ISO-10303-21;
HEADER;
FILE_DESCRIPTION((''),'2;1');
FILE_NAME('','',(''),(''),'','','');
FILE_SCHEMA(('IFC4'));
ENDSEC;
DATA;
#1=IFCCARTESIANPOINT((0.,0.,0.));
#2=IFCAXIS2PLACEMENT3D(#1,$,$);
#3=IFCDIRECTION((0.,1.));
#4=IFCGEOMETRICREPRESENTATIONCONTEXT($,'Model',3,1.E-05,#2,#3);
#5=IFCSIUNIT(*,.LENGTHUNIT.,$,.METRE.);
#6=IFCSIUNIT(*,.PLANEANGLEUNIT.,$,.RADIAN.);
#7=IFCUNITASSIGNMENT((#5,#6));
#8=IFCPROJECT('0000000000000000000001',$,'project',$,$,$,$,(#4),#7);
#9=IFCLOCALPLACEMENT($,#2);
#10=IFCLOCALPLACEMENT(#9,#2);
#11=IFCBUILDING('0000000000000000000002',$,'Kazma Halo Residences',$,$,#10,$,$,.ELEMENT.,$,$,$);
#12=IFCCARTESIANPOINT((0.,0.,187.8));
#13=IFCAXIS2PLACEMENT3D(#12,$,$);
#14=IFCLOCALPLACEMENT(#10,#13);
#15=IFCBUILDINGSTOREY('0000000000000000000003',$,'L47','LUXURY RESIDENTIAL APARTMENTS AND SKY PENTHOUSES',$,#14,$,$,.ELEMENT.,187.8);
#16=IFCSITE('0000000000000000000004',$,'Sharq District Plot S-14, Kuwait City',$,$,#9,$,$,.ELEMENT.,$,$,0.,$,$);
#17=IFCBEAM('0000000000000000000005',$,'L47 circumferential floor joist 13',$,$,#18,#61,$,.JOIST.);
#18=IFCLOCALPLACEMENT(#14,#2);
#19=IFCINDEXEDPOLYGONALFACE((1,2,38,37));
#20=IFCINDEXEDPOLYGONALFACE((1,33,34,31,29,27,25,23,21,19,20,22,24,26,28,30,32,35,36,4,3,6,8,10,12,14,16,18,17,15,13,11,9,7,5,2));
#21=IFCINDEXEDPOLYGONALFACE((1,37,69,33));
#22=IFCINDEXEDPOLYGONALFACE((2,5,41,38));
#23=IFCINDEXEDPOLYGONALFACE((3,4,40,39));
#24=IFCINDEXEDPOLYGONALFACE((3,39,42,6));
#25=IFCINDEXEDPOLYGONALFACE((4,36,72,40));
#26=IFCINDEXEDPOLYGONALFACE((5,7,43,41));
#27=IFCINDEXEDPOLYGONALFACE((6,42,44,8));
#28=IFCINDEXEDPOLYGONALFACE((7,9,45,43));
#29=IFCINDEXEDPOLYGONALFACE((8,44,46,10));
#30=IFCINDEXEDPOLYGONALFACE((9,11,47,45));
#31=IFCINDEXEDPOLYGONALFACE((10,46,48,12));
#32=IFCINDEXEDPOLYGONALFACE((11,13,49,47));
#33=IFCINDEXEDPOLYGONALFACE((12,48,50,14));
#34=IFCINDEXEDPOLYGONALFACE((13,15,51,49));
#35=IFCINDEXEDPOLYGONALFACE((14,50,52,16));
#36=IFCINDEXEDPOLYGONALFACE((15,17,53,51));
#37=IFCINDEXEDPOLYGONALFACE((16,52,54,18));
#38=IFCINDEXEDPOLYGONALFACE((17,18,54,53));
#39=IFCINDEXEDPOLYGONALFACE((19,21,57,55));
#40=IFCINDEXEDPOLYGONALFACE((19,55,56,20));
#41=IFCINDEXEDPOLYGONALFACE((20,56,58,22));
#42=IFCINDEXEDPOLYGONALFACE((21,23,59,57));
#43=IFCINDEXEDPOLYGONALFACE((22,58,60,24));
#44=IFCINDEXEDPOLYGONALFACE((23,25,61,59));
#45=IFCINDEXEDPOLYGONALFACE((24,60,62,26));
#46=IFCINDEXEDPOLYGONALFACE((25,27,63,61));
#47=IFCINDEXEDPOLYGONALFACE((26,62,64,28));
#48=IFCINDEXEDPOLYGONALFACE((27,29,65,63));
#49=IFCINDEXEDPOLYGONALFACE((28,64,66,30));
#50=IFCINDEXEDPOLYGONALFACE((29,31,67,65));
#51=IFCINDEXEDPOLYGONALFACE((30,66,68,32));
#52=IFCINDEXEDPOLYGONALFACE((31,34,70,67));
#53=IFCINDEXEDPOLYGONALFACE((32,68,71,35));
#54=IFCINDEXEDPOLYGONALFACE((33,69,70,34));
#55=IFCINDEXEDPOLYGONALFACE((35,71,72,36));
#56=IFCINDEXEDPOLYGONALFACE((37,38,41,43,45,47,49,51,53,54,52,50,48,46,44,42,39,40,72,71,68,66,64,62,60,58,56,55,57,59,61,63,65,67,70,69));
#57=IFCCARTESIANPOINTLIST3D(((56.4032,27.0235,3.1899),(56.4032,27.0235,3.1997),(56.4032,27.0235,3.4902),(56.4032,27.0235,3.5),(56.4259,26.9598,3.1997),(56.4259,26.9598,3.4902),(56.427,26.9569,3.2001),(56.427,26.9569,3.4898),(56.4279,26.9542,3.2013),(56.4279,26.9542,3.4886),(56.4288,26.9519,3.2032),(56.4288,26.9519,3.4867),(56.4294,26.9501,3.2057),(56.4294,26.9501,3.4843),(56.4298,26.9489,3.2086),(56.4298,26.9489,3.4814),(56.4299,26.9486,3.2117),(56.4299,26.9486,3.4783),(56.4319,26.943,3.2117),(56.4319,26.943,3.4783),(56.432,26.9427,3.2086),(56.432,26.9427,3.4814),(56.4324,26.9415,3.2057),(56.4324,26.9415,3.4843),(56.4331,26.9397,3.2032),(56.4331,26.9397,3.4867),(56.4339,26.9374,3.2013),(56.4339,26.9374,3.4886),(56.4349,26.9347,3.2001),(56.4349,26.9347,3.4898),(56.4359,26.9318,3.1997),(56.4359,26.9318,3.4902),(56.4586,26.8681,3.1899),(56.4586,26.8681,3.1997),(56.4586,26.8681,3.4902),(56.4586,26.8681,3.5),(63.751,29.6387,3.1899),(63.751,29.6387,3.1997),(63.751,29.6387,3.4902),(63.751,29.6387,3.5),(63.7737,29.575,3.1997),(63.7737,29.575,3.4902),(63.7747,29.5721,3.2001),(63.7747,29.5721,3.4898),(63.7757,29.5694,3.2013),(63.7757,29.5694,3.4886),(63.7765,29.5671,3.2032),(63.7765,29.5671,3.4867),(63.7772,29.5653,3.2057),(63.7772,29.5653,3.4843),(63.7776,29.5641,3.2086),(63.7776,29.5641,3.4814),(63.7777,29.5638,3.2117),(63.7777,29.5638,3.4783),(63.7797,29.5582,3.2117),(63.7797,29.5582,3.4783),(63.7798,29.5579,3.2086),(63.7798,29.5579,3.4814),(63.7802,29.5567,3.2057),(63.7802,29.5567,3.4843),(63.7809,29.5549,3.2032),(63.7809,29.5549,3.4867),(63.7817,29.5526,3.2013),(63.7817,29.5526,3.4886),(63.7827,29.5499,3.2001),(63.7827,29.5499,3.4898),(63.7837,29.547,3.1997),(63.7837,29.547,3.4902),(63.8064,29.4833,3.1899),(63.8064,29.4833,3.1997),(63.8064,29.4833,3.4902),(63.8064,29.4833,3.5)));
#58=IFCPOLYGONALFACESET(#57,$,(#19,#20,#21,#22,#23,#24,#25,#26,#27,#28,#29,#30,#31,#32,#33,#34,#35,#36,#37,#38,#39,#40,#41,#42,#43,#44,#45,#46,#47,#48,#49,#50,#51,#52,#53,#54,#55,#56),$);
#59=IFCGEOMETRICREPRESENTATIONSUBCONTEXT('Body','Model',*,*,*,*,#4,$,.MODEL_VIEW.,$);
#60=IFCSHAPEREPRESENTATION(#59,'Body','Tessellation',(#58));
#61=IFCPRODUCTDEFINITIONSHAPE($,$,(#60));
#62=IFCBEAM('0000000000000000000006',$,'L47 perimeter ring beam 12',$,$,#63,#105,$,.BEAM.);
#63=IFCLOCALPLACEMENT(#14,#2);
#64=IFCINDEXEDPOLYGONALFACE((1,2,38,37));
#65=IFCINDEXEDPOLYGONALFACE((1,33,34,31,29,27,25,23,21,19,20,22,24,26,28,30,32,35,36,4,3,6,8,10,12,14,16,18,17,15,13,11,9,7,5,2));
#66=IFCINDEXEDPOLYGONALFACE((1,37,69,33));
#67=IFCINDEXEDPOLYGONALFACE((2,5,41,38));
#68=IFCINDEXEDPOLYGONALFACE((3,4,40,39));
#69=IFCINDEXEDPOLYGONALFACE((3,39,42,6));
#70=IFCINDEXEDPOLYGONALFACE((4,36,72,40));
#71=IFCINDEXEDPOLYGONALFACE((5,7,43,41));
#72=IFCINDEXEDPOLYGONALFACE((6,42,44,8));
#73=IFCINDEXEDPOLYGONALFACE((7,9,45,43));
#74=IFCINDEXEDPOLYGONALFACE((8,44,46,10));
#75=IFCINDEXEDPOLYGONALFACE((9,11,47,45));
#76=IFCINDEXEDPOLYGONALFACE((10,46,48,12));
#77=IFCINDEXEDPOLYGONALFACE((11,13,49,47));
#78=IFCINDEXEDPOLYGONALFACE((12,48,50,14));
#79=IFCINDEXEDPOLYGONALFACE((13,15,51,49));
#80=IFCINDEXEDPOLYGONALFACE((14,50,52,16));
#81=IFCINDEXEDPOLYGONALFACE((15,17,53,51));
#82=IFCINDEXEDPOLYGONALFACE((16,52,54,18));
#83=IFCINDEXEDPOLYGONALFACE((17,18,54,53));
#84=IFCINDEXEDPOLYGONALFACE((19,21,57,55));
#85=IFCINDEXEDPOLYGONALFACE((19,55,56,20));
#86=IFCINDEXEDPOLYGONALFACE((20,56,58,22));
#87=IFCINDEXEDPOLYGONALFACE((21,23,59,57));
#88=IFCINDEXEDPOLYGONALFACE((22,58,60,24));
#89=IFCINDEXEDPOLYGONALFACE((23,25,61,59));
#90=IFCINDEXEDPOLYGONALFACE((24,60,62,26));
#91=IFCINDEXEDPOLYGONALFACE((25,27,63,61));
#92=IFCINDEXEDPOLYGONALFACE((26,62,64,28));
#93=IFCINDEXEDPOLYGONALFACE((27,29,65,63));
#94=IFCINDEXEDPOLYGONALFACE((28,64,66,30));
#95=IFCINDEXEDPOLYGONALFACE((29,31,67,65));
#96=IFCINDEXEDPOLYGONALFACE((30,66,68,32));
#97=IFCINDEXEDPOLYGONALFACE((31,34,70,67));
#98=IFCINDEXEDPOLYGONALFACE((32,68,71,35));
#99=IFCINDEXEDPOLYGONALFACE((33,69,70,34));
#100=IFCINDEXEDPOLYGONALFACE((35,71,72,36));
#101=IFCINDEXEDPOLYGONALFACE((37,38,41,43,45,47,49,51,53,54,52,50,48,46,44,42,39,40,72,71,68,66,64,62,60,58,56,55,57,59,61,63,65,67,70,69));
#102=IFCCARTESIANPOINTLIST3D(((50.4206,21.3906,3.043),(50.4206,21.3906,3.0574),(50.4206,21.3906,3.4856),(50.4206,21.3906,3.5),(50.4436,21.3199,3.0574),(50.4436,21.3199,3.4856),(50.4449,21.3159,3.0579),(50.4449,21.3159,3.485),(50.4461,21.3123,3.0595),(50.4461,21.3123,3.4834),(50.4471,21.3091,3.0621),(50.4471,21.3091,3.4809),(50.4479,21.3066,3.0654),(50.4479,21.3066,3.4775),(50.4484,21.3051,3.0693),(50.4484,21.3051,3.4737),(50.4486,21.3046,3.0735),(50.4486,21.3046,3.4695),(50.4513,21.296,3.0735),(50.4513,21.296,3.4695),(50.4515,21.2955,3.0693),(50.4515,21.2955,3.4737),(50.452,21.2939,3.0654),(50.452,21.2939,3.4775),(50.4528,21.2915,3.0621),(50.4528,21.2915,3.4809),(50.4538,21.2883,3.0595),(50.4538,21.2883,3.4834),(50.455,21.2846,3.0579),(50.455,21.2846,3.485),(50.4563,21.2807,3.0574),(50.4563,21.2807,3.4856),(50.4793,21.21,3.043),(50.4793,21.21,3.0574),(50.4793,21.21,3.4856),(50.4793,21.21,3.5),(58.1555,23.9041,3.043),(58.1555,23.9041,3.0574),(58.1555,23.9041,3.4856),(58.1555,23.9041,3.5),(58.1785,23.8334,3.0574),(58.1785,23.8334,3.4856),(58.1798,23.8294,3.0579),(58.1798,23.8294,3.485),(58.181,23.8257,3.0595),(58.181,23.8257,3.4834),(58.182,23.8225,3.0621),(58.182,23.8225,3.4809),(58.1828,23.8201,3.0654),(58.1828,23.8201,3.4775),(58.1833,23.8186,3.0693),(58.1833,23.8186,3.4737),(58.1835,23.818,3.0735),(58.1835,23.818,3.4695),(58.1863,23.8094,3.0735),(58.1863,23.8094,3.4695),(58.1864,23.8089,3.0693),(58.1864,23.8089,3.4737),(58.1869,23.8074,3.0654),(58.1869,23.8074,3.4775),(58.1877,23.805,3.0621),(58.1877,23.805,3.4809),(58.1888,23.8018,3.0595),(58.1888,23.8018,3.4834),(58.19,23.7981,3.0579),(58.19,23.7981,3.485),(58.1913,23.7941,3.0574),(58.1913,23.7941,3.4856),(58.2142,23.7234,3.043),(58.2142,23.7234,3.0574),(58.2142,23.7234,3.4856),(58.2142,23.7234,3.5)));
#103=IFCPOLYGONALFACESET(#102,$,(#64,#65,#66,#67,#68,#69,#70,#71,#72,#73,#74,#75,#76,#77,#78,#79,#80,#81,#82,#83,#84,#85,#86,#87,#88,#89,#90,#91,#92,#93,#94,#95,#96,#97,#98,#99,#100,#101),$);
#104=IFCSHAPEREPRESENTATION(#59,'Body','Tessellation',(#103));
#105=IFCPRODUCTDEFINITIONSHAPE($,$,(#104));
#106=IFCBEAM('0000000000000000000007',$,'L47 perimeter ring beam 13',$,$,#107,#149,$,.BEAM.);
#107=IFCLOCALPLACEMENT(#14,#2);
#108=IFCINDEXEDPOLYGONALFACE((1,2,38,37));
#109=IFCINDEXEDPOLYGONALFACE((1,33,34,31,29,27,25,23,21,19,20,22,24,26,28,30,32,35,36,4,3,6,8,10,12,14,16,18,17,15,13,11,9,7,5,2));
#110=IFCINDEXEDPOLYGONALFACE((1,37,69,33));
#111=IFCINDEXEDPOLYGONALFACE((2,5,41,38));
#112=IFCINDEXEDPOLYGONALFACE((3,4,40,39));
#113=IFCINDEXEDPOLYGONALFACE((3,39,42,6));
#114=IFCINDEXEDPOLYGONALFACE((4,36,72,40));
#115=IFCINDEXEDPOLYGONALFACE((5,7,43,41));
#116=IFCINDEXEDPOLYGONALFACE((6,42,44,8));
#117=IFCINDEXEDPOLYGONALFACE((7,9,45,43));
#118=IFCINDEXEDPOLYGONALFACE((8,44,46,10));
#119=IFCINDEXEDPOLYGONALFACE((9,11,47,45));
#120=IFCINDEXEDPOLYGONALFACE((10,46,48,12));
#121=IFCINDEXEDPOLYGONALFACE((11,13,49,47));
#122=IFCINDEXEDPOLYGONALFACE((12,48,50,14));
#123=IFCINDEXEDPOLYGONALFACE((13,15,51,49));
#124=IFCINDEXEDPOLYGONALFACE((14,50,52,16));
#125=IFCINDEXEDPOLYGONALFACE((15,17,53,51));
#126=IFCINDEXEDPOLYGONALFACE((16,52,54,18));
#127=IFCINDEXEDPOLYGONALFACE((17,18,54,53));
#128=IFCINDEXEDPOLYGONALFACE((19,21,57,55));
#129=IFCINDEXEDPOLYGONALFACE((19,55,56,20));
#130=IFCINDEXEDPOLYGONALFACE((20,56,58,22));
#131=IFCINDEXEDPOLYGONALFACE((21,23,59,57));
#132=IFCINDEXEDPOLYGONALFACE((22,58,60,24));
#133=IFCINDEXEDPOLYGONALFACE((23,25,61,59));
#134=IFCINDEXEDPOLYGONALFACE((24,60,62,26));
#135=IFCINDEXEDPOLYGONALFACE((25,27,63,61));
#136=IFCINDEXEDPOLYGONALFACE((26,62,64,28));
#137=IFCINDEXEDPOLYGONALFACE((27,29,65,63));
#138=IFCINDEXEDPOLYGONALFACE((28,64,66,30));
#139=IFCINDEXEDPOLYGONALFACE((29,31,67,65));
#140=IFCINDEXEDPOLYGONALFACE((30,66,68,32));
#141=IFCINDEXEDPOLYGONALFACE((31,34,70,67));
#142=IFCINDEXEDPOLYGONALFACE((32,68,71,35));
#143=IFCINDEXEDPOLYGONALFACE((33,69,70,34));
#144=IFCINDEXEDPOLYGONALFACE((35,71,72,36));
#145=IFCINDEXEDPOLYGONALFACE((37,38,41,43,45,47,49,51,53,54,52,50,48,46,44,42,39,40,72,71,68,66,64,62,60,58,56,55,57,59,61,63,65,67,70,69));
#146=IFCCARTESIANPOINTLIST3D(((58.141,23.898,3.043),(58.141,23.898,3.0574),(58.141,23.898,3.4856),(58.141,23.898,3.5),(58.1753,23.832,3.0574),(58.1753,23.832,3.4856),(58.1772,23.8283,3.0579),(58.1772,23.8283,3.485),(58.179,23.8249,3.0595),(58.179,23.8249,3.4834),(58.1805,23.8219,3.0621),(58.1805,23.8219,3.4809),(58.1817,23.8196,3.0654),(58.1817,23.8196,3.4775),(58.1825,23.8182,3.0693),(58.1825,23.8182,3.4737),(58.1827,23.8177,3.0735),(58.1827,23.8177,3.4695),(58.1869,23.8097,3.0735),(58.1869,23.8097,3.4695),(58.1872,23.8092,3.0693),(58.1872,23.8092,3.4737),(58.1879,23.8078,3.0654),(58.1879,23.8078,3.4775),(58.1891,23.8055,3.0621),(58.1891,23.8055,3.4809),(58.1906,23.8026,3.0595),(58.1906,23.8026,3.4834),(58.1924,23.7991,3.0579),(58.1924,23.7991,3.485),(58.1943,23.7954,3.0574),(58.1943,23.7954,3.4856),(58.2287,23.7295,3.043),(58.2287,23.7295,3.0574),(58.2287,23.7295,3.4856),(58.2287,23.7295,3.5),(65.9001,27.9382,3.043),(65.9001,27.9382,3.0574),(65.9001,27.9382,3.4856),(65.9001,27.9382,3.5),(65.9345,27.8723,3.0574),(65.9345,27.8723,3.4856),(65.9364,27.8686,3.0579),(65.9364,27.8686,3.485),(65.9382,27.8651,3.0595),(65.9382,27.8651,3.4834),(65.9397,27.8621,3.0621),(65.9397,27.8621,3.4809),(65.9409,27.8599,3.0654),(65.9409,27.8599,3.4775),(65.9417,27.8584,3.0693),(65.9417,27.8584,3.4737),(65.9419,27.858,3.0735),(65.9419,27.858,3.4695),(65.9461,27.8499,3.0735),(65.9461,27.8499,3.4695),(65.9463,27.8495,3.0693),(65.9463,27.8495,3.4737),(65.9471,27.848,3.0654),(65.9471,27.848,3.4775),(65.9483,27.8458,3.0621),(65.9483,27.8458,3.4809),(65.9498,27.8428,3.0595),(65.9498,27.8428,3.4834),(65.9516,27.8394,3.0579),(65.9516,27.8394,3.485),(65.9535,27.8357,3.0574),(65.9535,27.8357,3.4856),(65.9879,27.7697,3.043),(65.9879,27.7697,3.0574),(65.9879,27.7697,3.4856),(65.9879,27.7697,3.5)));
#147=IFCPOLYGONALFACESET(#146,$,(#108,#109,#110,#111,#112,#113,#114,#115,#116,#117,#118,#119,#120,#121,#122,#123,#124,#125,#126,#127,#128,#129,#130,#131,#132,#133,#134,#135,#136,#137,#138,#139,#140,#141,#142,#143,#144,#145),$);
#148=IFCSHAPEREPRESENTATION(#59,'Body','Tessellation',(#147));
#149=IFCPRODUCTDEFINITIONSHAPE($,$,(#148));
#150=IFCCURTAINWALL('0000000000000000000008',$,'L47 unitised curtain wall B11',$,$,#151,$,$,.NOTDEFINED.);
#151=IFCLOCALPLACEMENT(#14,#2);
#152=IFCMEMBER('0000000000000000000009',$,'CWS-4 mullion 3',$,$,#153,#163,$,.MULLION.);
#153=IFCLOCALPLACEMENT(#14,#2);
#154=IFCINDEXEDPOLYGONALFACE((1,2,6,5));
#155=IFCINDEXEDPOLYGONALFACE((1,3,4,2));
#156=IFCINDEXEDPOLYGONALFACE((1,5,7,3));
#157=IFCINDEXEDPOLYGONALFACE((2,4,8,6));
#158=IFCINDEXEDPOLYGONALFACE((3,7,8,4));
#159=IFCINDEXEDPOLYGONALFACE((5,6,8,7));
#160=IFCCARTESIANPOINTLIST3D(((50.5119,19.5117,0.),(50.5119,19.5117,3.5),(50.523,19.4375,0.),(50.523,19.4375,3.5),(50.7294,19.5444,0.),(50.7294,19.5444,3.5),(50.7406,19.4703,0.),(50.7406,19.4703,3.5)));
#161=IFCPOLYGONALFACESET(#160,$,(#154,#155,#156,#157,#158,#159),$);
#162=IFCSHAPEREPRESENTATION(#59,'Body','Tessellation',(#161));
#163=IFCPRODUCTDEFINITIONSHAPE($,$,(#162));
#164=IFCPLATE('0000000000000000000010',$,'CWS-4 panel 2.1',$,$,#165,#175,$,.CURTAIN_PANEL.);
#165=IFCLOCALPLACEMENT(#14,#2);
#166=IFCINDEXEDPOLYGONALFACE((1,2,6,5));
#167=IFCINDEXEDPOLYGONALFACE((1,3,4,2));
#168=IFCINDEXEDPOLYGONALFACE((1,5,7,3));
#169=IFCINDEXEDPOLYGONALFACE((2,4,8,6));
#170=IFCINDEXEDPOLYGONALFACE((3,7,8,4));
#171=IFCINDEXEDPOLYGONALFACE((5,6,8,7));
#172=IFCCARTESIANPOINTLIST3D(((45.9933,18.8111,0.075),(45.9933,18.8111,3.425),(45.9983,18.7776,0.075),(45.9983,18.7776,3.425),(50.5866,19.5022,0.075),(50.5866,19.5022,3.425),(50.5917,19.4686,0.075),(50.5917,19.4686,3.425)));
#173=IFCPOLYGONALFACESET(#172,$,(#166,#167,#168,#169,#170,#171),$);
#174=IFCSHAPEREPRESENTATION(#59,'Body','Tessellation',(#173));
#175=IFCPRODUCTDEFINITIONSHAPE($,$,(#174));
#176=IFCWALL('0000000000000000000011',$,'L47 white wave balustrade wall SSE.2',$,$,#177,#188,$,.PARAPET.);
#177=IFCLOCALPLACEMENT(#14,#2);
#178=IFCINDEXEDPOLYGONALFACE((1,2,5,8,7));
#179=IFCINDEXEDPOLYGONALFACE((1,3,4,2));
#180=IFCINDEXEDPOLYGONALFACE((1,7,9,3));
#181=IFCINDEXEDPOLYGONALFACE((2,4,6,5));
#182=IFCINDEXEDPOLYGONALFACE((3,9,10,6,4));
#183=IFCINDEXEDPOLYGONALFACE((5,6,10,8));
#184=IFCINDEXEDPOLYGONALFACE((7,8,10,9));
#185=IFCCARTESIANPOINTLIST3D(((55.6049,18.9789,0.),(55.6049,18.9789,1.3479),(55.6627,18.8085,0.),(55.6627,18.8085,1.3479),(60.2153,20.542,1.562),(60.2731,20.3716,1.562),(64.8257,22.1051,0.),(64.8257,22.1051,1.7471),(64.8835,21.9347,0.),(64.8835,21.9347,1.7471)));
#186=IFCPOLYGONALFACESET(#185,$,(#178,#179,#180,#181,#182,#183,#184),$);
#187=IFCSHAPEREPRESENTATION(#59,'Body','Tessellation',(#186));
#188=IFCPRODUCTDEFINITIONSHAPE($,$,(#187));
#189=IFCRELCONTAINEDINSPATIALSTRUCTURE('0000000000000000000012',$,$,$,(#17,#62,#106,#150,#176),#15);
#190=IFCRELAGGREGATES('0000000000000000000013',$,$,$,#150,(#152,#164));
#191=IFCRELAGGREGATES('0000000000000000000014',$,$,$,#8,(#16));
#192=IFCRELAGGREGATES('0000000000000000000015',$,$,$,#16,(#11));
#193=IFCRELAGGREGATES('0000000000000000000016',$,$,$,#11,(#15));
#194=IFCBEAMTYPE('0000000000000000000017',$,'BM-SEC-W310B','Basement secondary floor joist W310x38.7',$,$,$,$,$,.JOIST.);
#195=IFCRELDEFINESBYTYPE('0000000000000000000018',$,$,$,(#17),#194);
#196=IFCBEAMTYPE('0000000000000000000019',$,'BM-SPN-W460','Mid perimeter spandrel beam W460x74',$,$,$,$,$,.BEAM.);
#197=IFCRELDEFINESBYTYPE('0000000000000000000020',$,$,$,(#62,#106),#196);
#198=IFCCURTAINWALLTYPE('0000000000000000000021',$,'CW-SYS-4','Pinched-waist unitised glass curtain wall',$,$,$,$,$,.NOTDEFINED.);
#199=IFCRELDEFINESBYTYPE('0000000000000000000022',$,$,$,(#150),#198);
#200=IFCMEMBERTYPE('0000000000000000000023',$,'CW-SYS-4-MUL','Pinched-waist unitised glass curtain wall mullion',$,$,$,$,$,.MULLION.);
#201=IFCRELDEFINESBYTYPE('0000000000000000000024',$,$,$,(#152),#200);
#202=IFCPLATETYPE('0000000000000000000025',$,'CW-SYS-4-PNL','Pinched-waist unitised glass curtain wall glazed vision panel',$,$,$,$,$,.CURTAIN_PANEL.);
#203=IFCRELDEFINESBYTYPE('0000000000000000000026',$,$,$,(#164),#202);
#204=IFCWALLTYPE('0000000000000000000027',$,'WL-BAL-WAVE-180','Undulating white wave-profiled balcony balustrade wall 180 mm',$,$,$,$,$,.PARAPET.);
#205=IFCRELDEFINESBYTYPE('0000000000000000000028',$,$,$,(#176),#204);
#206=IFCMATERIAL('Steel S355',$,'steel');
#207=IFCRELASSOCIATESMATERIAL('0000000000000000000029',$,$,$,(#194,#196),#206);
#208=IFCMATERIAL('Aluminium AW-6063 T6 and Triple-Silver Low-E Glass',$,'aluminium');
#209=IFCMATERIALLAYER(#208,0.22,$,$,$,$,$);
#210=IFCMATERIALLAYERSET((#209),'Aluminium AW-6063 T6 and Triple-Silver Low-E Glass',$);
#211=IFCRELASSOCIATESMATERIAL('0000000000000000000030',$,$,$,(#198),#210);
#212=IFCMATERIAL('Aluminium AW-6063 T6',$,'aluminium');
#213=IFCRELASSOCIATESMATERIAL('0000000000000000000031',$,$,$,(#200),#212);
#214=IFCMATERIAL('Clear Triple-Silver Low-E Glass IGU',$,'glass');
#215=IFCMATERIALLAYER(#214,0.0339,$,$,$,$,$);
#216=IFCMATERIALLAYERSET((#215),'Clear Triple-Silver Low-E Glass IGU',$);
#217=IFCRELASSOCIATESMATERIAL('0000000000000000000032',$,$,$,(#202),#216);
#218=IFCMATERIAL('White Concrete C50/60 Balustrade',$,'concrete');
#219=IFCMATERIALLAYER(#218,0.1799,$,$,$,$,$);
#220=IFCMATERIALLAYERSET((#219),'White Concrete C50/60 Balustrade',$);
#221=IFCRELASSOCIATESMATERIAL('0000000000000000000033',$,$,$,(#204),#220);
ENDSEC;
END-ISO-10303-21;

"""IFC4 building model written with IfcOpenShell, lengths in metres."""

from ifc_helpers import new_model, si_unit, direction, frame, origin, origin_2d, place, context, subcontext, project, spatial, polyline, rectangle, i_section, outline, extrude, material, layer, layer_set, material_profile, profile_set, type_object, element, aggregate, save


model = new_model("IFC4")

# Units and contexts
model_context = context("Model", 3, precision=1e-05, world=origin(), true_north=direction((0.0, 1.0)))
body_context = subcontext(model_context, "Body", "Model", "MODEL_VIEW")
ifc_project = project(units=[si_unit("LENGTHUNIT", "METRE"), si_unit("PLANEANGLEUNIT", "RADIAN")], contexts=[model_context])

# Site, building, storey
site_placement = place(None, origin())
site = spatial("IfcSite", under=ifc_project, at=site_placement, Name="Sharq District Plot S-14, Kuwait City", CompositionType="ELEMENT", RefElevation=0.0)
building_placement = place(site_placement, origin())
building = spatial("IfcBuilding", under=site, at=building_placement, Name="Kazma Halo Residences", CompositionType="ELEMENT")
storey_placement = place(building_placement, frame((0.0, 0.0, 187.8)))
storey = spatial("IfcBuildingStorey", under=building, at=storey_placement, Name="L47", Description="LUXURY RESIDENTIAL APARTMENTS AND SKY PENTHOUSES", CompositionType="ELEMENT", Elevation=187.8)

# Beams
ifc_material_1 = material(Name="Steel S355", Category="steel")
ifc_material_profile_1 = material_profile(ifc_material_1, i_section(OverallWidth=0.165, OverallDepth=0.3101, WebThickness=0.0059, FlangeThickness=0.0098, FilletRadius=0.012, at=origin_2d()), Name="W310x38.7")
ifc_profile_set_1 = profile_set([ifc_material_profile_1], Name="Steel S355")
beam_type_1 = type_object("IfcBeamType", Name="BM-SEC-W310B", Description="Basement secondary floor joist W310x38.7", PredefinedType="JOIST", material=ifc_profile_set_1)
beam_1_placement = place(storey_placement, frame((56.4309, 26.9458, 3.345), z_axis=(0.942107, 0.335311, 0.0), x_axis=(-0.335311, 0.942107, 0.0)))
element("IfcBeam", 1, at=beam_1_placement, inside=storey, type_object=beam_type_1, Name="L47 circumferential floor joist 13", PredefinedType="JOIST", context=body_context, shape_type="SweptSolid", body=[
    extrude(i_section(OverallWidth=0.165, OverallDepth=0.3101, WebThickness=0.0059, FlangeThickness=0.0098, FilletRadius=0.012, at=origin_2d()), origin(), (0.0, 0.0, 1.0), 7.7993),
])
ifc_material_profile_2 = material_profile(ifc_material_1, i_section(OverallWidth=0.1899, OverallDepth=0.457, WebThickness=0.009, FlangeThickness=0.0144, FilletRadius=0.0161, at=origin_2d()), Name="W460x74")
ifc_profile_set_2 = profile_set([ifc_material_profile_2], Name="Steel S355")
beam_type_2 = type_object("IfcBeamType", Name="BM-SPN-W460", Description="Mid perimeter spandrel beam W460x74", PredefinedType="BEAM", material=ifc_profile_set_2)
beam_2_placement = place(storey_placement, frame((50.45, 21.3003, 3.2715), z_axis=(0.951049, 0.309041, 0.0), x_axis=(-0.309041, 0.951049, 0.0)))
element("IfcBeam", 2, at=beam_2_placement, inside=storey, type_object=beam_type_2, Name="L47 perimeter ring beam 12", PredefinedType="BEAM", context=body_context, shape_type="SweptSolid", body=[
    extrude(i_section(OverallWidth=0.1899, OverallDepth=0.457, WebThickness=0.009, FlangeThickness=0.0144, FilletRadius=0.0161, at=origin_2d()), origin(), (0.0, 0.0, 1.0), 8.1331),
])
beam_3_placement = place(storey_placement, frame((58.1848, 23.8137, 3.2715), z_axis=(0.886961, 0.461844, 0.0), x_axis=(-0.461844, 0.886961, 0.0)))
element("IfcBeam", 3, at=beam_3_placement, inside=storey, type_object=beam_type_2, Name="L47 perimeter ring beam 13", PredefinedType="BEAM", context=body_context, shape_type="SweptSolid", body=[
    extrude(i_section(OverallWidth=0.1899, OverallDepth=0.457, WebThickness=0.009, FlangeThickness=0.0144, FilletRadius=0.0161, at=origin_2d()), origin(), (0.0, 0.0, 1.0), 8.748),
])

# Curtain wall, member, plate
ifc_material_2 = material(Name="Aluminium AW-6063 T6 and Triple-Silver Low-E Glass", Category="aluminium")
ifc_layer_1 = layer(ifc_material_2, 0.22)
ifc_layer_set_1 = layer_set([ifc_layer_1], Name="Aluminium AW-6063 T6 and Triple-Silver Low-E Glass")
curtain_wall_type = type_object("IfcCurtainWallType", Name="CW-SYS-4", Description="Pinched-waist unitised glass curtain wall", PredefinedType="NOTDEFINED", material=ifc_layer_set_1)
curtain_wall_placement = place(storey_placement, origin())
curtain_wall = element("IfcCurtainWall", 4, at=curtain_wall_placement, inside=storey, type_object=curtain_wall_type, Name="L47 unitised curtain wall B11", PredefinedType="NOTDEFINED")
ifc_material_3 = material(Name="Aluminium AW-6063 T6", Category="aluminium")
ifc_material_profile_3 = material_profile(ifc_material_3, rectangle(XDim=0.075, YDim=0.22, at=origin_2d()), Name="CWM-75x220")
ifc_profile_set_3 = profile_set([ifc_material_profile_3], Name="Aluminium AW-6063 T6")
member_type = type_object("IfcMemberType", Name="CW-SYS-4-MUL", Description="Pinched-waist unitised glass curtain wall mullion", PredefinedType="MULLION", material=ifc_profile_set_3)
member_placement = place(storey_placement, frame((50.6262, 19.491, 0.0), z_axis=(0.0, 0.0, 1.0), x_axis=(-0.148773, 0.988871, 0.0)))
member = element("IfcMember", 5, at=member_placement, type_object=member_type, Name="CWS-4 mullion 3", PredefinedType="MULLION", context=body_context, shape_type="SweptSolid", body=[
    extrude(rectangle(XDim=0.075, YDim=0.22, at=origin_2d()), origin(), (0.0, 0.0, 1.0), 3.5),
])
ifc_material_4 = material(Name="Clear Triple-Silver Low-E Glass IGU", Category="glass")
ifc_layer_2 = layer(ifc_material_4, 0.0339)
ifc_layer_set_2 = layer_set([ifc_layer_2], Name="Clear Triple-Silver Low-E Glass IGU")
plate_type = type_object("IfcPlateType", Name="CW-SYS-4-PNL", Description="Pinched-waist unitised glass curtain wall glazed vision panel", PredefinedType="CURTAIN_PANEL", material=ifc_layer_set_2)
plate_placement = place(storey_placement, frame((48.2925, 19.1399, 0.075), z_axis=(0.0, 0.0, 1.0), x_axis=(0.988871, 0.148773, 0.0)))
plate = element("IfcPlate", 6, at=plate_placement, type_object=plate_type, Name="CWS-4 panel 2.1", PredefinedType="CURTAIN_PANEL", context=body_context, shape_type="SweptSolid", body=[
    extrude(rectangle(XDim=4.645, YDim=0.0339, at=origin_2d()), origin(), (0.0, 0.0, 1.0), 3.3501),
])
aggregate(curtain_wall, [member, plate])

# Wall
ifc_material_5 = material(Name="White Concrete C50/60 Balustrade", Category="concrete")
ifc_layer_3 = layer(ifc_material_5, 0.1799)
ifc_layer_set_3 = layer_set([ifc_layer_3], Name="White Concrete C50/60 Balustrade")
wall_type_1 = type_object("IfcWallType", Name="WL-BAL-WAVE-180", Description="Undulating white wave-profiled balcony balustrade wall 180 mm", PredefinedType="PARAPET", material=ifc_layer_set_3)
wall_1_placement = place(storey_placement, frame((55.6338, 18.8938, 0.0), z_axis=(0.0, 0.0, 1.0), x_axis=(0.947048, 0.321091, 0.0)))
element("IfcWall", 7, at=wall_1_placement, inside=storey, type_object=wall_type_1, Name="L47 white wave balustrade wall SSE.2", PredefinedType="PARAPET", context=body_context, shape_type="SweptSolid", body=[
    extrude(outline(polyline([(0.0, 0.0), (9.7363, 0.0), (9.7363, 1.7471), (4.8682, 1.562), (0.0, 1.3479), (0.0, 0.0)])), frame((0.0, 0.0898, 0.0), z_axis=(0.0, -1.0, 0.0), x_axis=(1.0, 0.0, 0.0)), (0.0, 0.0, 1.0), 0.1799),
])

save(model, "model.ifc")
